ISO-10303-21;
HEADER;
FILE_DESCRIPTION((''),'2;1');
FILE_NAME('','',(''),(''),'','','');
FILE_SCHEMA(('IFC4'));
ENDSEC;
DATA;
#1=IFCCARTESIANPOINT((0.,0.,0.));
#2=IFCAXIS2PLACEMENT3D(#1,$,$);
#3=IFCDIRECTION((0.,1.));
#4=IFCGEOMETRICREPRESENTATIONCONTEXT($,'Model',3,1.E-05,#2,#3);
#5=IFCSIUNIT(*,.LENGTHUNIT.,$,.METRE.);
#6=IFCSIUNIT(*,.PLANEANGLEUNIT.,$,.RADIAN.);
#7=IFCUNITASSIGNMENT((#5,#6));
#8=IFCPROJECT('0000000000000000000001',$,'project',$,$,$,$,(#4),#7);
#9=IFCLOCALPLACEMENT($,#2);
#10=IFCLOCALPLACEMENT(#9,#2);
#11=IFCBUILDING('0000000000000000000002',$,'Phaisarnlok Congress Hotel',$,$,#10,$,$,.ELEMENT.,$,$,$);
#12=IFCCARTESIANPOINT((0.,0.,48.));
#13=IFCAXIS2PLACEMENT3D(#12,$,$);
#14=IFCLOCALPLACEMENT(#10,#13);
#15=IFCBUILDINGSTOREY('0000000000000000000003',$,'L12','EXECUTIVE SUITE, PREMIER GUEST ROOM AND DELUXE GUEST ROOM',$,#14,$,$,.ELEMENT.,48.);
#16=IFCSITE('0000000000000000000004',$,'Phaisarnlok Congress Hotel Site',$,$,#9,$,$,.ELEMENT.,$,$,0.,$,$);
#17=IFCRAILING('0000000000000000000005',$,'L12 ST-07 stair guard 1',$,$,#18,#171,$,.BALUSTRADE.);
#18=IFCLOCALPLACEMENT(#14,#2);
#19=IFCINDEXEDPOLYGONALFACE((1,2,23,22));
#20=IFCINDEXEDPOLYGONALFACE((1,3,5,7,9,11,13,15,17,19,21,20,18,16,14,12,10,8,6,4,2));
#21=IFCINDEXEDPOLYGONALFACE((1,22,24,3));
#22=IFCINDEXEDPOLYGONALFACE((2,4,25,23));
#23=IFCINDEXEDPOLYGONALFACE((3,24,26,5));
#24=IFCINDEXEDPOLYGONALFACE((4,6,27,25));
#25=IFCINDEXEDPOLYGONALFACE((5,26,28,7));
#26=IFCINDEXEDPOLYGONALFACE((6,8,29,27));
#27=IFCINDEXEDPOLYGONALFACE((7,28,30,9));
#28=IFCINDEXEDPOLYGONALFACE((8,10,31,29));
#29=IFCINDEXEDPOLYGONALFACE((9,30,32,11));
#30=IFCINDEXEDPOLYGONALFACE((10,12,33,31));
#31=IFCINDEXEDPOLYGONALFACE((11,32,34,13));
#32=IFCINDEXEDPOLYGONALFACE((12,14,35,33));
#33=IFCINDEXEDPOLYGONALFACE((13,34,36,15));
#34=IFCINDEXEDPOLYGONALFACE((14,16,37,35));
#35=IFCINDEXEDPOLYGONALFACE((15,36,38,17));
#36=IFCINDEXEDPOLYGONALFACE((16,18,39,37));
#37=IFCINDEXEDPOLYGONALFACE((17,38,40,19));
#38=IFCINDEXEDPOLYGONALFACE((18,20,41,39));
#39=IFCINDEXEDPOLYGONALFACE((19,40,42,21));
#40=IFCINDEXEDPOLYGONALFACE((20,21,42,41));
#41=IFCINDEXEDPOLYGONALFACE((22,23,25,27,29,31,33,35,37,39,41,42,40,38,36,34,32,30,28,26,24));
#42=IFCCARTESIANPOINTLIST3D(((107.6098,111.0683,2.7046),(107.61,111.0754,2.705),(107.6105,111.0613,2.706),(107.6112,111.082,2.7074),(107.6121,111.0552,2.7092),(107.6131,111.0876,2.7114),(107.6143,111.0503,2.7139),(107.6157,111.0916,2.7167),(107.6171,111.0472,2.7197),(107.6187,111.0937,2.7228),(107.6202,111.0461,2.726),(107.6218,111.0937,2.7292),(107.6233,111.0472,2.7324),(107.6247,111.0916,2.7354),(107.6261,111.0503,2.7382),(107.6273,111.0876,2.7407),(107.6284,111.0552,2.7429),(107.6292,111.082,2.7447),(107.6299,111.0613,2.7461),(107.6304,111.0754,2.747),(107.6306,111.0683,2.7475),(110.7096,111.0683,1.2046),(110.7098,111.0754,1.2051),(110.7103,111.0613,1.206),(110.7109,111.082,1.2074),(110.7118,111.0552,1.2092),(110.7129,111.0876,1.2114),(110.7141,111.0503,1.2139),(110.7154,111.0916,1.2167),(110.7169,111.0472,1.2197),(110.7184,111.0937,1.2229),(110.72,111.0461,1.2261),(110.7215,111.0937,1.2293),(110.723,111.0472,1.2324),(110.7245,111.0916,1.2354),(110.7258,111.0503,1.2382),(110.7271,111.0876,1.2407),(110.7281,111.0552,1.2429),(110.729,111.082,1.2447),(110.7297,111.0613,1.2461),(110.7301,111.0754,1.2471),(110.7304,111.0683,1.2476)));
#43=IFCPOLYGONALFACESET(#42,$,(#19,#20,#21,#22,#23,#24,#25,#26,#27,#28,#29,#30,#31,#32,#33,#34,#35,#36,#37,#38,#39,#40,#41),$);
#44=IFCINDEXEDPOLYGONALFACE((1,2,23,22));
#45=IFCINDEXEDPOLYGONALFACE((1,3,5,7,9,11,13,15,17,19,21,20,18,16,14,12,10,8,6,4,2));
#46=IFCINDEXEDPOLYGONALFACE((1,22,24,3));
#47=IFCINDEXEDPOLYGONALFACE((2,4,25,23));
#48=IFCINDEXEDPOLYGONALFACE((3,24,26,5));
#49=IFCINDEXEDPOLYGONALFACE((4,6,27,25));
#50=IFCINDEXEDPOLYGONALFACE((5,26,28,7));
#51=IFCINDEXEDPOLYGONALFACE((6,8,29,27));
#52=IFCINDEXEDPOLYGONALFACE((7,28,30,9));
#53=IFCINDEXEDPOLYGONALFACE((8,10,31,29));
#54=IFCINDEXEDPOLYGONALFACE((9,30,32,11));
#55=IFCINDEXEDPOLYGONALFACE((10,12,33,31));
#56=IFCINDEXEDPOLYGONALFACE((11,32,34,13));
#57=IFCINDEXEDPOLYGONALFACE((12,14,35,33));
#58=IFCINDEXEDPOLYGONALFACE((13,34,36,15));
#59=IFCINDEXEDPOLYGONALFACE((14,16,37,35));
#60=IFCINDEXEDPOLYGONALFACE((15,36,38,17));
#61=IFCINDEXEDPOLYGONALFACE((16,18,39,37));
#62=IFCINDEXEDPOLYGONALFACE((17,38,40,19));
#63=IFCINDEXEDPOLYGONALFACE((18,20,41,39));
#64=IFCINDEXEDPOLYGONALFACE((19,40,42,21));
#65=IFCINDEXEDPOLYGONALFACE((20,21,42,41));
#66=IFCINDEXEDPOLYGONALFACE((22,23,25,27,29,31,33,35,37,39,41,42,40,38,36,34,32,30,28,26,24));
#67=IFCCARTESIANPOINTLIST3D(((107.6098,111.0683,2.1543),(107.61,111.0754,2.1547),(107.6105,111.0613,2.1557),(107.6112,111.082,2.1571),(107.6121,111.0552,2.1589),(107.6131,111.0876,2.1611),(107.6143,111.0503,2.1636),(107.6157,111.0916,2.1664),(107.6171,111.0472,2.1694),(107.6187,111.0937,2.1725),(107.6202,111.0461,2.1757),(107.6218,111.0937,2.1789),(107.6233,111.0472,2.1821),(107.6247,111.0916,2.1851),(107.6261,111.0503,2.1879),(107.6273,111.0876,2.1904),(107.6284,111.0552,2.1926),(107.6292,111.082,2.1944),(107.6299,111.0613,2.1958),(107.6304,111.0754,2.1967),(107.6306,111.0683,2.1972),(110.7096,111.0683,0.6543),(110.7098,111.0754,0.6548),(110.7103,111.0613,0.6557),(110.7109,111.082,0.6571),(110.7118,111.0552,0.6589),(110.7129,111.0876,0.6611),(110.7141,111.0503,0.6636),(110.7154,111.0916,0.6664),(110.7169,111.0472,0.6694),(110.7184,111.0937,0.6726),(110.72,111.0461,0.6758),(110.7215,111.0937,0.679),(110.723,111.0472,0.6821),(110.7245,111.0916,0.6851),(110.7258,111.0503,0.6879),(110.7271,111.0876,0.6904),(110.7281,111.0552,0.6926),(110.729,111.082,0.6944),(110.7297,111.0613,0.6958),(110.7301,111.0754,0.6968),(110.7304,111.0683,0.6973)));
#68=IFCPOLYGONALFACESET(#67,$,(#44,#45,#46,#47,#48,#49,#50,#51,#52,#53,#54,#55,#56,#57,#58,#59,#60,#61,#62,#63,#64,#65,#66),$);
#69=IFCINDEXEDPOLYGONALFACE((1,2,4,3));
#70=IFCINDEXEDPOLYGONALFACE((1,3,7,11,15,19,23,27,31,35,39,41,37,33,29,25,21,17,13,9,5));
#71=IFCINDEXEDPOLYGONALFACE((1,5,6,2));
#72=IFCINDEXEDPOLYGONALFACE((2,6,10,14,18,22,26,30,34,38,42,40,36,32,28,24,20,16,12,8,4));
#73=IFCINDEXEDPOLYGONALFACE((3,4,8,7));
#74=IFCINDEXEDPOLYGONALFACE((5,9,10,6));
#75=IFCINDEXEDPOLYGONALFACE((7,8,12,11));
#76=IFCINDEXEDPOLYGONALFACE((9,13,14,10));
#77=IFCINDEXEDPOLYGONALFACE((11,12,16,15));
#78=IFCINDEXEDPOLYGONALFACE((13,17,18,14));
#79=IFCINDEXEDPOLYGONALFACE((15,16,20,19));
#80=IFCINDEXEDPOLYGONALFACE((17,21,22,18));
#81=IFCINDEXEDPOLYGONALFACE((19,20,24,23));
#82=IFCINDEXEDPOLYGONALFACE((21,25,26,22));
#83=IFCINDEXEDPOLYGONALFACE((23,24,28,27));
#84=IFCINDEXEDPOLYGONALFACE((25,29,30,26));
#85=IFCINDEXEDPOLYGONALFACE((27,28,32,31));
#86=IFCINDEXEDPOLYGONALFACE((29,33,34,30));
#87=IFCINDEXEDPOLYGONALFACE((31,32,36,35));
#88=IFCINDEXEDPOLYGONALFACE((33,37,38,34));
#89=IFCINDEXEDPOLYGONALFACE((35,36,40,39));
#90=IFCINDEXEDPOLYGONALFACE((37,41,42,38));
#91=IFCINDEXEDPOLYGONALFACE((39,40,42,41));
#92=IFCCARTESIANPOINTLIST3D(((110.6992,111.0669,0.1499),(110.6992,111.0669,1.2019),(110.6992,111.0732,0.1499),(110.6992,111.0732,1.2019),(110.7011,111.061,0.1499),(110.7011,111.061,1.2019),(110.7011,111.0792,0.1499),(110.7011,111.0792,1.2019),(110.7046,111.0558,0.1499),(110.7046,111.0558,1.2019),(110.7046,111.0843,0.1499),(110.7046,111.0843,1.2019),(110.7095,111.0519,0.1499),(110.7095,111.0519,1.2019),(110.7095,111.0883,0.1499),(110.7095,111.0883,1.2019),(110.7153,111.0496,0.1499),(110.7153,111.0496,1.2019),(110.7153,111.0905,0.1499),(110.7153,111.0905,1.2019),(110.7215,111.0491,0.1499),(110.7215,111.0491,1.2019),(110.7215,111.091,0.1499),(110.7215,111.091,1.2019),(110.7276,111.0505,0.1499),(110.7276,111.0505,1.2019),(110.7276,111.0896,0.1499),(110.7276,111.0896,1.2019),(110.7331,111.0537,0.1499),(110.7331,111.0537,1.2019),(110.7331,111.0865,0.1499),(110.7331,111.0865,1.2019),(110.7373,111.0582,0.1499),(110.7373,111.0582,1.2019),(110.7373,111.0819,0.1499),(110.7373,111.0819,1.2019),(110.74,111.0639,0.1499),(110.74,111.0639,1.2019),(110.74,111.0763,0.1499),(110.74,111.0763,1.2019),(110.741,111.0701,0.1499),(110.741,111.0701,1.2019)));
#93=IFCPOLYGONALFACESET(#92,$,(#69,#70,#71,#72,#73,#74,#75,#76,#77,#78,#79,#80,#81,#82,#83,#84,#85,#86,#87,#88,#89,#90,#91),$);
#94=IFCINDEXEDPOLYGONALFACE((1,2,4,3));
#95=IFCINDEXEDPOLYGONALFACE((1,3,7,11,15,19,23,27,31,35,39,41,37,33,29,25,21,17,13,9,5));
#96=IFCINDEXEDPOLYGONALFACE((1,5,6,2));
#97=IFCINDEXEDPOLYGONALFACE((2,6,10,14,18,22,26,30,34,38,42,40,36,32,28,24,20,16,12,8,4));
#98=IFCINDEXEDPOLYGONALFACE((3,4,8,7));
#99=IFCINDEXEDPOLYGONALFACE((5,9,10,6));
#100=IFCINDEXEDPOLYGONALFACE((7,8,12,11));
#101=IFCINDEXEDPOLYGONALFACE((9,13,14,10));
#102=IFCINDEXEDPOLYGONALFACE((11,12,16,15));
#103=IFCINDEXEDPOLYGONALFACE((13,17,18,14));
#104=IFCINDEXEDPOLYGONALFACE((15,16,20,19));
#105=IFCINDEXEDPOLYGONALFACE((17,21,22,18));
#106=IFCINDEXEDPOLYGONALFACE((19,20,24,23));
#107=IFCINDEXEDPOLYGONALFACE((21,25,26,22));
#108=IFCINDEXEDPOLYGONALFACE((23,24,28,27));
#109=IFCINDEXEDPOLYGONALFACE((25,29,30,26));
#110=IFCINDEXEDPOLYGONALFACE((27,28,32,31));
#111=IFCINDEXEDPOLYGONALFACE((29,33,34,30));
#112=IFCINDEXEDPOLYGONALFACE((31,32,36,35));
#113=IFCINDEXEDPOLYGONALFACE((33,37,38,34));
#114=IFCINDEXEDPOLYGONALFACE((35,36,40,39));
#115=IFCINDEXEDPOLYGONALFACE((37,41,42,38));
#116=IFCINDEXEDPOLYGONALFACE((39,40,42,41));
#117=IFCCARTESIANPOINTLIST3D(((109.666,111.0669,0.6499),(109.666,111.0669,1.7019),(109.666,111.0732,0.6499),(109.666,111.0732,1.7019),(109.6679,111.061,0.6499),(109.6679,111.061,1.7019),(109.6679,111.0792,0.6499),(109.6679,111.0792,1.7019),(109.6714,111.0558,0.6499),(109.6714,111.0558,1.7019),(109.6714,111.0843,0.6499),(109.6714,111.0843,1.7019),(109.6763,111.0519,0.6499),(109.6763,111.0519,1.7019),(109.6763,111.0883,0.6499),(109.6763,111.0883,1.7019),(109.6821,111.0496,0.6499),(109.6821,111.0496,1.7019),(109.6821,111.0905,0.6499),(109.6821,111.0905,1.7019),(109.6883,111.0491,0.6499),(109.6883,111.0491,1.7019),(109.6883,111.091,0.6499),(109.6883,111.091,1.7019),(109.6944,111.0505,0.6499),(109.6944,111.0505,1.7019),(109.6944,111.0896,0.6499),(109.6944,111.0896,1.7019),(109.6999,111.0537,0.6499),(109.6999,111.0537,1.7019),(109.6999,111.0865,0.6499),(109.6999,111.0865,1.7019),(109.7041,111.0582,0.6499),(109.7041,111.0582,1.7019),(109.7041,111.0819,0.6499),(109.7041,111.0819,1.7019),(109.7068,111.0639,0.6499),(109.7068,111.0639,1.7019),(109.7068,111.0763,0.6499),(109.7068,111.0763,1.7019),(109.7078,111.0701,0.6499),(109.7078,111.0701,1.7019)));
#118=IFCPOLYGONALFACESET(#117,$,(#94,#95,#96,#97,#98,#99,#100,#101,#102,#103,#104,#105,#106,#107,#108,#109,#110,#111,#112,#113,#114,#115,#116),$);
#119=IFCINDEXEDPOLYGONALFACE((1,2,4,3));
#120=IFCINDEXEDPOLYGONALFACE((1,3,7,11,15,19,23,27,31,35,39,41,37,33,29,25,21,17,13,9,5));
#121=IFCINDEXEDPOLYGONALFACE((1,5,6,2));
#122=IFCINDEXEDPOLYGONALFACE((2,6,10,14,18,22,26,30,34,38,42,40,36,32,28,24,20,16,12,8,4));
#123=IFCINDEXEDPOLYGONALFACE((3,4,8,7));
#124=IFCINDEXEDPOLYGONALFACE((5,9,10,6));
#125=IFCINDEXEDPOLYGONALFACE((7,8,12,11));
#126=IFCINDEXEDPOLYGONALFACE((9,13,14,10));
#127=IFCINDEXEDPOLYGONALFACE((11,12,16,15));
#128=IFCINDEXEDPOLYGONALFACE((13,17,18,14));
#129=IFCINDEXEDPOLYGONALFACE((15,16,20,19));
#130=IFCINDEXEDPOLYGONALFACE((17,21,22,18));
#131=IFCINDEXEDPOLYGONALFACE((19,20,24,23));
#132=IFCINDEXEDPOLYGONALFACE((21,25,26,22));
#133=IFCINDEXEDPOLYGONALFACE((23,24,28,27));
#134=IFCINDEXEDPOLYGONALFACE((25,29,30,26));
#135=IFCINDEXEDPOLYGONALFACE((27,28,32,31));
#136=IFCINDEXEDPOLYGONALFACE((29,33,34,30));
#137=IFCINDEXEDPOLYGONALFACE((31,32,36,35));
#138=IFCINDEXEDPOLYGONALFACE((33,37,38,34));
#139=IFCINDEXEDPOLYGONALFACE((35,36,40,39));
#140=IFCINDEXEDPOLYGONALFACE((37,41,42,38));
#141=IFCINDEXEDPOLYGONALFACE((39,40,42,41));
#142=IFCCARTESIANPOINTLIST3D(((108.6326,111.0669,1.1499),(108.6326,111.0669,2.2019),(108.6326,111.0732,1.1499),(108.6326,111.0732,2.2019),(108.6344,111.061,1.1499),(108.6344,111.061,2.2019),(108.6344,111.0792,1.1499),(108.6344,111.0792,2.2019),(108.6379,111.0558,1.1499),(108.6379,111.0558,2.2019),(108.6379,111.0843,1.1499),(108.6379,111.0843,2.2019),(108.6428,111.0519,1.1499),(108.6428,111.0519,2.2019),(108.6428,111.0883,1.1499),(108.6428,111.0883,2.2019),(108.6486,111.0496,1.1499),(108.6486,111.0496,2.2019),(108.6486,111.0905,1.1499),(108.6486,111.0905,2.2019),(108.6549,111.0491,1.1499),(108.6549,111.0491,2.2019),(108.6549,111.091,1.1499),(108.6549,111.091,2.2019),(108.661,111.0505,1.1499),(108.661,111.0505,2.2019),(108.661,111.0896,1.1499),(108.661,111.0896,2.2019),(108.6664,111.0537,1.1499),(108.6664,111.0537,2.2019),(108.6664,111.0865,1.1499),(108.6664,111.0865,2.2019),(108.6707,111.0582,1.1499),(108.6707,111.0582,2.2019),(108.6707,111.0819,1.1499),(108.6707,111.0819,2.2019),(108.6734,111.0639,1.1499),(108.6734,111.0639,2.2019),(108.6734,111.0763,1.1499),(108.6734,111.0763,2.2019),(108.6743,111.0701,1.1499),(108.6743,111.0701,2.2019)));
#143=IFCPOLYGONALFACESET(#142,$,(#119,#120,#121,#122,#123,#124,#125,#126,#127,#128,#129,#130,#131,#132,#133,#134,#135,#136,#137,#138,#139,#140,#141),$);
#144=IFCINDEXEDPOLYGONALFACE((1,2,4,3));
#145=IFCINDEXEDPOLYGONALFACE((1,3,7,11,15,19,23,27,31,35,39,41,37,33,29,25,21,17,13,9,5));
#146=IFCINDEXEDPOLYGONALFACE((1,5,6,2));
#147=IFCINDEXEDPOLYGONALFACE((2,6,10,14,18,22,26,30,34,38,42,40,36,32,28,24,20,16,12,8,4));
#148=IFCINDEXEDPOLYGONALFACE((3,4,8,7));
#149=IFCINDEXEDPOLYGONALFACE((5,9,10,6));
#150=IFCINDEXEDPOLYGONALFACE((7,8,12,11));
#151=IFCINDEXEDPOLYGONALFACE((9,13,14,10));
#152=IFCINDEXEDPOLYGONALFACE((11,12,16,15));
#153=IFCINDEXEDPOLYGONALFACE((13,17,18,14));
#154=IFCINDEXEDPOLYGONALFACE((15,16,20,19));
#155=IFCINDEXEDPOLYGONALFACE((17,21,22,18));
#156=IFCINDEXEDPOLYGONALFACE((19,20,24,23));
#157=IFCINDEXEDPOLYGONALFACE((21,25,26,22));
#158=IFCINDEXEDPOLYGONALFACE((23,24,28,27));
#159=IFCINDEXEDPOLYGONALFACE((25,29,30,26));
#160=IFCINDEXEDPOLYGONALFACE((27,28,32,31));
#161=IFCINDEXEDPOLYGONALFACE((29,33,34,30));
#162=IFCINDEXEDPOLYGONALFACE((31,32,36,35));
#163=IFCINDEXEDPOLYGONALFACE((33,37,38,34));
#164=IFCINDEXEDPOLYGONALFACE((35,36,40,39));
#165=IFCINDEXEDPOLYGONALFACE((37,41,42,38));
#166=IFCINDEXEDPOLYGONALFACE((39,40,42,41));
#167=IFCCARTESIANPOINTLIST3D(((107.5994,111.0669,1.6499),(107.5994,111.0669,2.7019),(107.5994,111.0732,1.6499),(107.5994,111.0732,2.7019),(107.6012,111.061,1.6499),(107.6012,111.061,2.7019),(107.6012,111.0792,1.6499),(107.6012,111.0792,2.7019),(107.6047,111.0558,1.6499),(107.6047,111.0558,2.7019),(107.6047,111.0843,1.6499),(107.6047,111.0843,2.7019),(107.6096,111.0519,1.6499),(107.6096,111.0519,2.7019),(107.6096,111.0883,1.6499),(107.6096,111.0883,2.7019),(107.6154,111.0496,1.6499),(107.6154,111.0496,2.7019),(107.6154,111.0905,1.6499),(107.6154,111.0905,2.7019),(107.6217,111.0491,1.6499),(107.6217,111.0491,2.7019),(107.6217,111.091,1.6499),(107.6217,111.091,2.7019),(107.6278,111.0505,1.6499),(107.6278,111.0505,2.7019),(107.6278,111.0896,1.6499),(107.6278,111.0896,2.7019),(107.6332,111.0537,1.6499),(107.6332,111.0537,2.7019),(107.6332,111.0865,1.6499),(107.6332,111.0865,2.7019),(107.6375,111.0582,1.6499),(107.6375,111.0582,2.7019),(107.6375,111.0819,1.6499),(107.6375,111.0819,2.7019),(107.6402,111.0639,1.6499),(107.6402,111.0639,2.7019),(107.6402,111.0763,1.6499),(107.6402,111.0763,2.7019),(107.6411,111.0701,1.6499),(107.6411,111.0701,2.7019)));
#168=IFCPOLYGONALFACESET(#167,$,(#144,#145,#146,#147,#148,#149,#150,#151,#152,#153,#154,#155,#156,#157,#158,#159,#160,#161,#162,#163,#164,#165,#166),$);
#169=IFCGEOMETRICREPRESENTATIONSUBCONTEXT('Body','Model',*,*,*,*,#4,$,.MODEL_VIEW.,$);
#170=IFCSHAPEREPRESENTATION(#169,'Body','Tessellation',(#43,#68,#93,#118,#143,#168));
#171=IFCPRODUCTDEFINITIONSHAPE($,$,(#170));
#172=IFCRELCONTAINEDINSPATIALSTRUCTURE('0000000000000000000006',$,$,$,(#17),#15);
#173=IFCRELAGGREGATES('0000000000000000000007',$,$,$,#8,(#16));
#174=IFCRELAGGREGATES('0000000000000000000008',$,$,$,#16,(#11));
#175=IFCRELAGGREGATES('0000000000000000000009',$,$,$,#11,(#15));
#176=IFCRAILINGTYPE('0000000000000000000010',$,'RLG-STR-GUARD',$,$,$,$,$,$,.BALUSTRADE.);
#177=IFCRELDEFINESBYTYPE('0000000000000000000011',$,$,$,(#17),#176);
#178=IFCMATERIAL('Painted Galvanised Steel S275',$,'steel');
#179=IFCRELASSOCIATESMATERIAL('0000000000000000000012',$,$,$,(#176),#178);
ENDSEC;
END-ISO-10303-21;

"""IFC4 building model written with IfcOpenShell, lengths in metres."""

from ifc_helpers import new_model, si_unit, direction, frame, origin, origin_2d, place, context, subcontext, project, spatial, circle, extrude, material, type_object, element, save


model = new_model("IFC4")

# Units and contexts
model_context = context("Model", 3, precision=1e-05, world=origin(), true_north=direction((0.0, 1.0)))
body_context = subcontext(model_context, "Body", "Model", "MODEL_VIEW")
ifc_project = project(units=[si_unit("LENGTHUNIT", "METRE"), si_unit("PLANEANGLEUNIT", "RADIAN")], contexts=[model_context])

# Site, building, storey
site_placement = place(None, origin())
site = spatial("IfcSite", under=ifc_project, at=site_placement, Name="Phaisarnlok Congress Hotel Site", CompositionType="ELEMENT", RefElevation=0.0)
building_placement = place(site_placement, origin())
building = spatial("IfcBuilding", under=site, at=building_placement, Name="Phaisarnlok Congress Hotel", CompositionType="ELEMENT")
storey_placement = place(building_placement, frame((0.0, 0.0, 48.0)))
storey = spatial("IfcBuildingStorey", under=building, at=storey_placement, Name="L12", Description="EXECUTIVE SUITE, PREMIER GUEST ROOM AND DELUXE GUEST ROOM", CompositionType="ELEMENT", Elevation=48.0)

# Railing
ifc_material_1 = material(Name="Painted Galvanised Steel S275", Category="steel")
railing_type_1 = type_object("IfcRailingType", Name="RLG-STR-GUARD", PredefinedType="BALUSTRADE", material=ifc_material_1)
railing_1_placement = place(storey_placement, frame((110.72, 111.0701, 0.1499)))
element("IfcRailing", 1, at=railing_1_placement, inside=storey, type_object=railing_type_1, Name="L12 ST-07 stair guard 1", PredefinedType="BALUSTRADE", context=body_context, shape_type="SweptSolid", body=[
    extrude(circle(Radius=0.0239, at=origin_2d()), frame((0.0, 0.0, 1.0762), z_axis=(-0.900151, 0.0, 0.435578), x_axis=(0.0, -1.0, 0.0)), (0.0, 0.0, 1.0), 3.4436),
    extrude(circle(Radius=0.0239, at=origin_2d()), frame((0.0, 0.0, 0.5259), z_axis=(-0.900151, 0.0, 0.435578), x_axis=(0.0, -1.0, 0.0)), (0.0, 0.0, 1.0), 3.4436),
    extrude(circle(Radius=0.021, at=origin_2d()), origin(), (0.0, 0.0, 1.0), 1.052),
    extrude(circle(Radius=0.021, at=origin_2d()), frame((-1.0332, 0.0, 0.5)), (0.0, 0.0, 1.0), 1.052),
    extrude(circle(Radius=0.021, at=origin_2d()), frame((-2.0667, 0.0, 1.0)), (0.0, 0.0, 1.0), 1.052),
    extrude(circle(Radius=0.021, at=origin_2d()), frame((-3.0999, 0.0, 1.5)), (0.0, 0.0, 1.0), 1.052),
])

save(model, "model.ifc")
